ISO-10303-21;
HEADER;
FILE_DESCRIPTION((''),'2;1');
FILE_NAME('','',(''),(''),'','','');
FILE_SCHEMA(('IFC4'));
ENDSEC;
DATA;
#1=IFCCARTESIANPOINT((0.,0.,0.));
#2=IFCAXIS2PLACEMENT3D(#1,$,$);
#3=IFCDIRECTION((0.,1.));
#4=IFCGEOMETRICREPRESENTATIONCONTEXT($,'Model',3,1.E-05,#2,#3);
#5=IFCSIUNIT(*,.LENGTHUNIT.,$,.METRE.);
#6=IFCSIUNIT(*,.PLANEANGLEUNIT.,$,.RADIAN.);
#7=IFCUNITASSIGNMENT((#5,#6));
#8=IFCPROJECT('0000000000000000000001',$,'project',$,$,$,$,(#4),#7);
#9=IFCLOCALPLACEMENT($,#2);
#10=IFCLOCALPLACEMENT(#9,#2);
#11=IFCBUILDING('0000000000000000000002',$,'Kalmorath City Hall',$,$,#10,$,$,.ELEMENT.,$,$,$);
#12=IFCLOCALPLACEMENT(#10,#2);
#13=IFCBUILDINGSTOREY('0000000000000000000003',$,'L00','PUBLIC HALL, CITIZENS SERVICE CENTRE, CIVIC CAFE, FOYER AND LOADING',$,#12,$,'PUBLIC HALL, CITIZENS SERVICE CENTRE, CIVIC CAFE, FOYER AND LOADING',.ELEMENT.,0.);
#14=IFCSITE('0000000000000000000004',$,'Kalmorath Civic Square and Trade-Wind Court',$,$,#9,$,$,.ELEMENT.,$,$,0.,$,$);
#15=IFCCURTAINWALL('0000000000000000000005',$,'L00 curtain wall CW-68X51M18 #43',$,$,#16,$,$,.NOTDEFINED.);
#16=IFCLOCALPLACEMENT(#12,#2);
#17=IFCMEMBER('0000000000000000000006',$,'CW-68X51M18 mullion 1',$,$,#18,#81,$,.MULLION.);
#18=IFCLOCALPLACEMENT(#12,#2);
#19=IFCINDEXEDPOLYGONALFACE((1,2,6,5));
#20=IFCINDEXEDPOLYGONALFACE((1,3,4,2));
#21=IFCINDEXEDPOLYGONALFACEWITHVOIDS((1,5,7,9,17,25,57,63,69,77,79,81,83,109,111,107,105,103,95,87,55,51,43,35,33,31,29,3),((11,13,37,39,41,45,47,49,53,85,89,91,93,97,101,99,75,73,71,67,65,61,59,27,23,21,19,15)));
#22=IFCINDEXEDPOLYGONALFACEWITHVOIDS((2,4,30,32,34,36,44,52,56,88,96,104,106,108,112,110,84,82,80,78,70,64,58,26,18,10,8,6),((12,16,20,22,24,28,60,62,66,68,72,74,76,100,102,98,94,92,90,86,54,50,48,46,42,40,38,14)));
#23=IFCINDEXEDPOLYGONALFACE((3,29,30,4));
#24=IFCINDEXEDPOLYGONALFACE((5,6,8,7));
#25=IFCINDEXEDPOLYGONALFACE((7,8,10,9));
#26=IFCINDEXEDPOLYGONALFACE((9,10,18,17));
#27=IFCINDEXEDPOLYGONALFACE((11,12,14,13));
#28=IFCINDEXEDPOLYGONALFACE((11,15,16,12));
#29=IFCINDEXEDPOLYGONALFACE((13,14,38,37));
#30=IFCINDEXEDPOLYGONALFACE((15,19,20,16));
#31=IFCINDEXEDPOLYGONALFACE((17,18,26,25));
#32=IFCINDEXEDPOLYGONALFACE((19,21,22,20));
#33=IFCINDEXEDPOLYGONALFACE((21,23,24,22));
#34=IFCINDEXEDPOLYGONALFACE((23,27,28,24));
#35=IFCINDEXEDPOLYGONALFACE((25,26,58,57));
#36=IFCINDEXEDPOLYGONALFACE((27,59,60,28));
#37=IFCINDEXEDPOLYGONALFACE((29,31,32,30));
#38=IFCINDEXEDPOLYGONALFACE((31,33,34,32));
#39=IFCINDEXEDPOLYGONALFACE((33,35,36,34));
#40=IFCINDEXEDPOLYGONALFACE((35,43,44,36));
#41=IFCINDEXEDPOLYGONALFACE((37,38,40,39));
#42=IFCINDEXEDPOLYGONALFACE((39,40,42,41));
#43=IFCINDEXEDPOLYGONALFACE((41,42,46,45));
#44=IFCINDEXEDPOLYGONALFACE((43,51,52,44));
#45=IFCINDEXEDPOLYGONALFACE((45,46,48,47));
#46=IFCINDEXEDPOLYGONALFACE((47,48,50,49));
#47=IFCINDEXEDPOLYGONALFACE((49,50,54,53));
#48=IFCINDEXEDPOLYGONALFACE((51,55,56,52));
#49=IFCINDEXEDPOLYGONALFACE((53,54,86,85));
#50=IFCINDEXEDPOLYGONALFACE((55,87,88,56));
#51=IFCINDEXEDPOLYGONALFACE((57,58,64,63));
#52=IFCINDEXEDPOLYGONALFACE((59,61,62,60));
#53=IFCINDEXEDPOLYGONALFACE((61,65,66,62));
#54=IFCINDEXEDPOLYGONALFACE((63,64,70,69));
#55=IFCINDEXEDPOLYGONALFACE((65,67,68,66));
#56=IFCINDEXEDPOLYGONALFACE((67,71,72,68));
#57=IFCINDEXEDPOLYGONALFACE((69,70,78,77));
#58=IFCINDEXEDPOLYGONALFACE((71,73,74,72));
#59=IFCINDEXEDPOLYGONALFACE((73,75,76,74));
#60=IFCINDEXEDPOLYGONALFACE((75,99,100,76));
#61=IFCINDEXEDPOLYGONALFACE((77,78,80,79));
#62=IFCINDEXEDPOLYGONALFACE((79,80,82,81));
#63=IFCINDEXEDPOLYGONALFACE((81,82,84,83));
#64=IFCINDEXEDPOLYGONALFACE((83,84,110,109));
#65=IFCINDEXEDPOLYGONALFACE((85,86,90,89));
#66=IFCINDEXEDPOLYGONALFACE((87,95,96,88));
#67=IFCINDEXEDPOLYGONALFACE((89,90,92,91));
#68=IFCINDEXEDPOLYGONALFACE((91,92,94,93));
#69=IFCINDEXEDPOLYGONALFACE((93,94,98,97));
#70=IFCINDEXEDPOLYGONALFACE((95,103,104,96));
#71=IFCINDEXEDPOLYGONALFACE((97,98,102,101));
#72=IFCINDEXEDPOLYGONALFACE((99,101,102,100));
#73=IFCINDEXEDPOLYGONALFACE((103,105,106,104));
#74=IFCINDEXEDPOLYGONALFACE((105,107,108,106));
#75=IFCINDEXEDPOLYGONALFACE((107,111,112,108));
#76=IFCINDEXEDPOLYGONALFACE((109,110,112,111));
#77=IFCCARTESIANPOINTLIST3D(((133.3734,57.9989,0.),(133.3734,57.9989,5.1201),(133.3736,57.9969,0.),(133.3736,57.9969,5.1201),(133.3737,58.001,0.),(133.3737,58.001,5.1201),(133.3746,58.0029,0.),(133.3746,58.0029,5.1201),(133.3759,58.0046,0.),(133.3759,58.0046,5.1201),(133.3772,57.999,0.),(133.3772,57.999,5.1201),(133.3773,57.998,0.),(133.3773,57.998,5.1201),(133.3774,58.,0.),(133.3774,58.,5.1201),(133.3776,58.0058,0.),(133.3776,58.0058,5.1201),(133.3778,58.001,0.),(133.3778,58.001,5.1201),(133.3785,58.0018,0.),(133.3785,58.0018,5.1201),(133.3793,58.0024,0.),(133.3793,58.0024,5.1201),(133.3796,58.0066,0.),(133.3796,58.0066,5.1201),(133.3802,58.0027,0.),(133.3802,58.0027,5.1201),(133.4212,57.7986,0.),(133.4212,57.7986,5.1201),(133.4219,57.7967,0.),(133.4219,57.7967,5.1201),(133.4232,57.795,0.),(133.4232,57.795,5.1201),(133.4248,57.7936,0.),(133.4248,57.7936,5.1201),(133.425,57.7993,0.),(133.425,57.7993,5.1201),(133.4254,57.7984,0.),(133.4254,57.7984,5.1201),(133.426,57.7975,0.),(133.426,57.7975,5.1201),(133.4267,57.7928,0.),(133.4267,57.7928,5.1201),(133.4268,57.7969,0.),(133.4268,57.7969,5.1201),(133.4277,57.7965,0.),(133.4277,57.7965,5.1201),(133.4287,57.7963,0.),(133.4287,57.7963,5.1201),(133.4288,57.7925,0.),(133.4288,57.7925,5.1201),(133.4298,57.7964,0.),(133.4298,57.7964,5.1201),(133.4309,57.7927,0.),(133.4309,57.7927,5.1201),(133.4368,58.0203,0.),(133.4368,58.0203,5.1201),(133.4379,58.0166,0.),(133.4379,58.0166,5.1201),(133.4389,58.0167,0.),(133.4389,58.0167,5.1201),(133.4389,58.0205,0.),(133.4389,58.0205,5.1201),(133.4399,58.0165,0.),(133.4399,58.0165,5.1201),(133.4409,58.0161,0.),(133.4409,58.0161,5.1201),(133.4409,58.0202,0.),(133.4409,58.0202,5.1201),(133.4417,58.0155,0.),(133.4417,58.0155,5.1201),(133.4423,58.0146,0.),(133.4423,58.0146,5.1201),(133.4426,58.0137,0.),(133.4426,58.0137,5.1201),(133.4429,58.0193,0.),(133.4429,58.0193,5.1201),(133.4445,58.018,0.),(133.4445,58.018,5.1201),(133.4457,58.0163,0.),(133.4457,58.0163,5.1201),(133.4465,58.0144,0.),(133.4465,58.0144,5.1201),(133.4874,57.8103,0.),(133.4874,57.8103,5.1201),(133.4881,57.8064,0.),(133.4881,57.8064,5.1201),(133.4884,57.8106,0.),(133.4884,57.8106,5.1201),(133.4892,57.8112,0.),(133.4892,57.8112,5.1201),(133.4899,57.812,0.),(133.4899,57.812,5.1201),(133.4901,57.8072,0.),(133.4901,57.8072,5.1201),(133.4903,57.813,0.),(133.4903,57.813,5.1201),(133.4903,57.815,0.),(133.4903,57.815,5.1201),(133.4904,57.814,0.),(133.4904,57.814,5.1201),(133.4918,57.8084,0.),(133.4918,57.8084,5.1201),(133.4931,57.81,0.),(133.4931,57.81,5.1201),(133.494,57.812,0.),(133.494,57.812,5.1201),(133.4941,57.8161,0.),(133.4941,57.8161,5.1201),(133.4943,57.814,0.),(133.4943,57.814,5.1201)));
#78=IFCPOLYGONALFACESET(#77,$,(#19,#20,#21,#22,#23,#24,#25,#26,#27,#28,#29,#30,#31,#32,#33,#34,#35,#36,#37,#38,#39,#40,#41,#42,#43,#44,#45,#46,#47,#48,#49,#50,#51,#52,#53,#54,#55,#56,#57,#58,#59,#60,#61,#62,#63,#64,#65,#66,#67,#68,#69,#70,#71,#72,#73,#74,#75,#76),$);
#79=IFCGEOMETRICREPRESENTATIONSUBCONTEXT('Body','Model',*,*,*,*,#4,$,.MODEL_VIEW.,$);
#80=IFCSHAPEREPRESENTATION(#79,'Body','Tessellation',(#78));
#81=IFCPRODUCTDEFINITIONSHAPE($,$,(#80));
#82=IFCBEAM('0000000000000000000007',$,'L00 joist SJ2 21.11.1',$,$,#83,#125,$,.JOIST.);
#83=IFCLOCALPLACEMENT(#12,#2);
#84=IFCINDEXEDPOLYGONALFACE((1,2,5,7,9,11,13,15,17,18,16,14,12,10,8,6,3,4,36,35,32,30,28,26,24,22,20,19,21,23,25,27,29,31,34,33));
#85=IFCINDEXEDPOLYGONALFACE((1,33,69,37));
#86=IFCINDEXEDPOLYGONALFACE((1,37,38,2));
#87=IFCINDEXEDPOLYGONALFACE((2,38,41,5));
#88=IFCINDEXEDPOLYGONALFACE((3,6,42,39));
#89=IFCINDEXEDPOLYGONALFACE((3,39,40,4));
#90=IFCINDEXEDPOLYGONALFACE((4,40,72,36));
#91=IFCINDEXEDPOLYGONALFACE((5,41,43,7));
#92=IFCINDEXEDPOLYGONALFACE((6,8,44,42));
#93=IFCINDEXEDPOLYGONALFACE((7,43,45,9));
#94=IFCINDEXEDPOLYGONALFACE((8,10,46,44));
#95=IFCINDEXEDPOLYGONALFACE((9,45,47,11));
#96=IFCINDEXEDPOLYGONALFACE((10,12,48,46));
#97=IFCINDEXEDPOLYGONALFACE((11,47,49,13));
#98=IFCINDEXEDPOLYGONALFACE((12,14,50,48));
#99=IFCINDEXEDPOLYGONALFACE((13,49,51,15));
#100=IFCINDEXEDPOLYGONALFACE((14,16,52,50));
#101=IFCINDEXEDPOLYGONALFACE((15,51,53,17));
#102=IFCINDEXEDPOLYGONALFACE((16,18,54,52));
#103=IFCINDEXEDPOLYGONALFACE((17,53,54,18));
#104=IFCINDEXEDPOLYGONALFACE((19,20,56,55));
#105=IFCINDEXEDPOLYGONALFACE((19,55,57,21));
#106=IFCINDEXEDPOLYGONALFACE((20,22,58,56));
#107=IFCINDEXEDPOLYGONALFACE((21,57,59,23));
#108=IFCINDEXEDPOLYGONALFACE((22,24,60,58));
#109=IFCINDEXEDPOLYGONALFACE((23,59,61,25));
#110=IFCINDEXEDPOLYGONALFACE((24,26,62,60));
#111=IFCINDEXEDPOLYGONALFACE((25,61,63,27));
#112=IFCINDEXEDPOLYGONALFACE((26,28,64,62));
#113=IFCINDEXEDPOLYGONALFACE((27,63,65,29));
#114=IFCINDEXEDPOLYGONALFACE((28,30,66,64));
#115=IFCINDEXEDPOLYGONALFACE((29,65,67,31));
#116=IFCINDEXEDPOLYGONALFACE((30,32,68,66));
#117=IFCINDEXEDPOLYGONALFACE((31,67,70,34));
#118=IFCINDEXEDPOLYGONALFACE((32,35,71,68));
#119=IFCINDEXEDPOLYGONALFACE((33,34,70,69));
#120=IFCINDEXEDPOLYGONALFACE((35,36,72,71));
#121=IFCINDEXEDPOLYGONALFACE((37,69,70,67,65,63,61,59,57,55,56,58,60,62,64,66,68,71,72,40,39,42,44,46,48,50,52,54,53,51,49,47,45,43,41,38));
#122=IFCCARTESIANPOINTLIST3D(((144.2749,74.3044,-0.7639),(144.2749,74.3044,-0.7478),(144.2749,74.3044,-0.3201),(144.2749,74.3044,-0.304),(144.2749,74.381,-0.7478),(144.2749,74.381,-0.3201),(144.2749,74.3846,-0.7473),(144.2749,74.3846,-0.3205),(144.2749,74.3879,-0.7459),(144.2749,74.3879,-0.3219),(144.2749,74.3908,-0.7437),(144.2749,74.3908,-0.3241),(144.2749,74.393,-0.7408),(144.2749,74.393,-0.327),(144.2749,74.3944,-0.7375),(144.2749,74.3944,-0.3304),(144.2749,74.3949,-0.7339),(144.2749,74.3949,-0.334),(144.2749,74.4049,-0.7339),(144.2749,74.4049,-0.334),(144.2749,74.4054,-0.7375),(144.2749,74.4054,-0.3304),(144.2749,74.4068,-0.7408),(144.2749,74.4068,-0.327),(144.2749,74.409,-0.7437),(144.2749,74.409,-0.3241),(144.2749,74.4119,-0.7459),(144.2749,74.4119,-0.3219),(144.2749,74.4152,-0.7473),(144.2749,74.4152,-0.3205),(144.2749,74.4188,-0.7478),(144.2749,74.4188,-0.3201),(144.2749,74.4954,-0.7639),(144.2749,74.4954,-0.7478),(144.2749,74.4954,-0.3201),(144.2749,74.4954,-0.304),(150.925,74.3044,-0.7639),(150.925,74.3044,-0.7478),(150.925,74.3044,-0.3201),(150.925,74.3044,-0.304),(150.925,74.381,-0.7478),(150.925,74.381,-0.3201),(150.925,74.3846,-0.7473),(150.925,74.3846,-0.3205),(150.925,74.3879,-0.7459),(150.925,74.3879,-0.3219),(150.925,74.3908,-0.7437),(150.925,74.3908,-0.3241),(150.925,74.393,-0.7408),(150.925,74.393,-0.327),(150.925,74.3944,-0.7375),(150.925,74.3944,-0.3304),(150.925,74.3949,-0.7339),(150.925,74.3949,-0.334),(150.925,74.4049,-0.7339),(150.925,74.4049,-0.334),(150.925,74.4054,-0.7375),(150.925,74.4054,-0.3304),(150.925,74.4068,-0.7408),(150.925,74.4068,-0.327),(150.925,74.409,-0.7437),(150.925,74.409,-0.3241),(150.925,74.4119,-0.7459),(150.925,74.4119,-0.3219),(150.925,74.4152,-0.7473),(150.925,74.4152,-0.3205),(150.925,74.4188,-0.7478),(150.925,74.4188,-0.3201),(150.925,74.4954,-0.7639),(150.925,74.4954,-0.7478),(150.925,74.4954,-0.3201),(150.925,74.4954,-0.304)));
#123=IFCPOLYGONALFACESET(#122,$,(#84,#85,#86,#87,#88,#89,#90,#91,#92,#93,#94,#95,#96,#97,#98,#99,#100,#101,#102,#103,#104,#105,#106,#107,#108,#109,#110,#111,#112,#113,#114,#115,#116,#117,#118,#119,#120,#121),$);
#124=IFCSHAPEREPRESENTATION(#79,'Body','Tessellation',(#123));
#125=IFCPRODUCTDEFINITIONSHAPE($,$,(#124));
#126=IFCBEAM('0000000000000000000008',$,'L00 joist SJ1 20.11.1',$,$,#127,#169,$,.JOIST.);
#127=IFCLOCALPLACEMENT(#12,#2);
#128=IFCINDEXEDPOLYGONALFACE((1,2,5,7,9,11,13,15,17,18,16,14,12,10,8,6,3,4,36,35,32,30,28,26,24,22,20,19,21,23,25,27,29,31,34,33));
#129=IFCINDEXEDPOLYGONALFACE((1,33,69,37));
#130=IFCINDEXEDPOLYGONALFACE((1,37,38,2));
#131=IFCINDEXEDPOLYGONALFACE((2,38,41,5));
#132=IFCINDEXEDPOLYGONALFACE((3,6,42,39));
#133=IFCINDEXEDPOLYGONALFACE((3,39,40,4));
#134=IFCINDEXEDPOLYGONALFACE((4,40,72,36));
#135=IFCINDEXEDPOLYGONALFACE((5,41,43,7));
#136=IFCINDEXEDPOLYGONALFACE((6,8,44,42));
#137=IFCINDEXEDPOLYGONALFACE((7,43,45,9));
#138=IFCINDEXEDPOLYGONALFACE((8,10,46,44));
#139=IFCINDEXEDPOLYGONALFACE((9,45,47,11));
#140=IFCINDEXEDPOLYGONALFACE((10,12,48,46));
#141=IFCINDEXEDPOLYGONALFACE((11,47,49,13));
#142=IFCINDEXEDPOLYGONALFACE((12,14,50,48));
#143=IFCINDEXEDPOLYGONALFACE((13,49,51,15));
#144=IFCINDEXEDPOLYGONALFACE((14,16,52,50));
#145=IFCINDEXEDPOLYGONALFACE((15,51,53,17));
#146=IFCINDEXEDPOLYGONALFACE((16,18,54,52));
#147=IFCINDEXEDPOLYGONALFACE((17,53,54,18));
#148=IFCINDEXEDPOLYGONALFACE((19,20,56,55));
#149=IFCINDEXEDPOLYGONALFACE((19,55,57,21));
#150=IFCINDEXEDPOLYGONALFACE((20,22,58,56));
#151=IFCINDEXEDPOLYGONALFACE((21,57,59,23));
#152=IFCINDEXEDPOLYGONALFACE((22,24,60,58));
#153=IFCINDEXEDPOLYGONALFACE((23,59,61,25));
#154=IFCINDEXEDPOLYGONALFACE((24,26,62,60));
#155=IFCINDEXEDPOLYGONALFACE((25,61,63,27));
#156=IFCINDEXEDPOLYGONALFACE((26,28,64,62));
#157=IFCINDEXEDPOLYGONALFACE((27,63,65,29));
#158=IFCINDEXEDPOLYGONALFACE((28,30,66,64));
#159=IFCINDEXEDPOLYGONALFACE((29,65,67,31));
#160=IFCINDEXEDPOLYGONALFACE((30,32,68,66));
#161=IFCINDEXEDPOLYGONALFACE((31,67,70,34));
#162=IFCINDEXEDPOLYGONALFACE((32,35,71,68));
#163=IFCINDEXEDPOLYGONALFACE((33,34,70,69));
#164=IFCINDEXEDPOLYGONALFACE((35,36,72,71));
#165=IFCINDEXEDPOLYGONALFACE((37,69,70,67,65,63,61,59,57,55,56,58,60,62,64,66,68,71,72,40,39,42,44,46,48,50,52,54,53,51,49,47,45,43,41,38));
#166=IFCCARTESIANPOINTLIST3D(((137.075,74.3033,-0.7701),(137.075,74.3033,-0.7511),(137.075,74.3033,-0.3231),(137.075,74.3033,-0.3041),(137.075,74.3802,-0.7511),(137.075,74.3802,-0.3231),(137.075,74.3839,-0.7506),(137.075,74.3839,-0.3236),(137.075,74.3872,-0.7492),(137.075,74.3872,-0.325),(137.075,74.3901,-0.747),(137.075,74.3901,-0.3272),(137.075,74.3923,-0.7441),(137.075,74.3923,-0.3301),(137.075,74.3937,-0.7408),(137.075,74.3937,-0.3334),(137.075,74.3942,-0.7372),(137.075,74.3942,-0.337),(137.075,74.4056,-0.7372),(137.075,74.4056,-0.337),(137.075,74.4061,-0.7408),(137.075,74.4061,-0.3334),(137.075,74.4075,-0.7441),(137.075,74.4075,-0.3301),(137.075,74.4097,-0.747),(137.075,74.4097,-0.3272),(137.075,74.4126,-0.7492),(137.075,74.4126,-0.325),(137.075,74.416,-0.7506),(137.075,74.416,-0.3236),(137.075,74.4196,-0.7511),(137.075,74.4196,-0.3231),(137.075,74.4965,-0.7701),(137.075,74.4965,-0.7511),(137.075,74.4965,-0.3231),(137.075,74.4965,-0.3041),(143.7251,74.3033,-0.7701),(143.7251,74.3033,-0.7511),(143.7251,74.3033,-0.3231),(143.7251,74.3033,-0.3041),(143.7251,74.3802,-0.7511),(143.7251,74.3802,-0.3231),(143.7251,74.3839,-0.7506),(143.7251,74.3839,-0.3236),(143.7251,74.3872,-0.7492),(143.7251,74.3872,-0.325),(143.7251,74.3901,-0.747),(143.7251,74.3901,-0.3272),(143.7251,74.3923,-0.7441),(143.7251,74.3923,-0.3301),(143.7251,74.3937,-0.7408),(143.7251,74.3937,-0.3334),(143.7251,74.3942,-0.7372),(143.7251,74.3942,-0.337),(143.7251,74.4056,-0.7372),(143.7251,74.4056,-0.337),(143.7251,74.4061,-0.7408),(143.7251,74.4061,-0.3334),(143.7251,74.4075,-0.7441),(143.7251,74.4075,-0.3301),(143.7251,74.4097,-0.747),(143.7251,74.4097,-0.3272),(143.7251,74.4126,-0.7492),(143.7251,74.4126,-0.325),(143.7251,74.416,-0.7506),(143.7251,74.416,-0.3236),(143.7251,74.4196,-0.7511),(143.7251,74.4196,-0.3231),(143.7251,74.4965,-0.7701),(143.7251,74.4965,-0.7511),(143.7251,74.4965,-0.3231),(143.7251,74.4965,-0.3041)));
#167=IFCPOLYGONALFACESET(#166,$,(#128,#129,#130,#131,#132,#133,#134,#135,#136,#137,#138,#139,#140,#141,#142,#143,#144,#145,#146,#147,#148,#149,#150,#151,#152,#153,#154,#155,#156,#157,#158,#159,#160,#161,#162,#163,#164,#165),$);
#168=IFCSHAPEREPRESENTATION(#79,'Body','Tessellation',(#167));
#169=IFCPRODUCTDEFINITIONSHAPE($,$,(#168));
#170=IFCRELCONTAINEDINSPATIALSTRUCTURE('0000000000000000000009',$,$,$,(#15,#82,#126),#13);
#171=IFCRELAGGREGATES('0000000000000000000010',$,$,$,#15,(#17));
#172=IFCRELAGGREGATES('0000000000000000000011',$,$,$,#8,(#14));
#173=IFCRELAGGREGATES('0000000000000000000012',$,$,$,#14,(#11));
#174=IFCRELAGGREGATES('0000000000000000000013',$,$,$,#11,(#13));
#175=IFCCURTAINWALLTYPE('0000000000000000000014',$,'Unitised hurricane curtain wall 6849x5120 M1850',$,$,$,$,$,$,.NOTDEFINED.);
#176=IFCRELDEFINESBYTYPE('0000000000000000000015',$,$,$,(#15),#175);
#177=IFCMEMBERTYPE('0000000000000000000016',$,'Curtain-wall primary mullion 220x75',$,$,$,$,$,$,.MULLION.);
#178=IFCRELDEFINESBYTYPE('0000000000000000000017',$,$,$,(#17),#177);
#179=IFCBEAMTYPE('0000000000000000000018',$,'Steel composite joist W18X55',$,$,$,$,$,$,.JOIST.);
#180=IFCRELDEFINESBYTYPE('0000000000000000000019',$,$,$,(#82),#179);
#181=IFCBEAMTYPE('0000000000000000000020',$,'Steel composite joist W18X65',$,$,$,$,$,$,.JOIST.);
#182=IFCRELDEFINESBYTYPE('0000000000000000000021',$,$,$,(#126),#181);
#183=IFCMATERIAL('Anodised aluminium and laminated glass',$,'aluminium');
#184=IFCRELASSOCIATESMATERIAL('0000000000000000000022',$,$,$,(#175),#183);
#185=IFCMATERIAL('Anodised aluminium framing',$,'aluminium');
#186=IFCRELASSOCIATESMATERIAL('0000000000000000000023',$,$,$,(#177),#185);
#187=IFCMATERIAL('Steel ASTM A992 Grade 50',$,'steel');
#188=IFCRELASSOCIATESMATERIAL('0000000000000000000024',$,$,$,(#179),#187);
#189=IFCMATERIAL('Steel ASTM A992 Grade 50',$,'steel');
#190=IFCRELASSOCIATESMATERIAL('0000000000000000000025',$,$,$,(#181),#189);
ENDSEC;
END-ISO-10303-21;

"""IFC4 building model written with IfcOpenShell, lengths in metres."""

from ifc_helpers import new_model, si_unit, direction, frame, origin, origin_2d, place, context, subcontext, project, spatial, hollow_rectangle, i_section, extrude, material, material_profile, profile_set, type_object, element, aggregate, save


model = new_model("IFC4")

# Units and contexts
model_context = context("Model", 3, precision=1e-05, world=origin(), true_north=direction((0.0, 1.0)))
body_context = subcontext(model_context, "Body", "Model", "MODEL_VIEW")
ifc_project = project(units=[si_unit("LENGTHUNIT", "METRE"), si_unit("PLANEANGLEUNIT", "RADIAN")], contexts=[model_context])

# Site, building, storey
site_placement = place(None, origin())
site = spatial("IfcSite", under=ifc_project, at=site_placement, Name="Kalmorath Civic Square and Trade-Wind Court", CompositionType="ELEMENT", RefElevation=0.0)
building_placement = place(site_placement, origin())
building = spatial("IfcBuilding", under=site, at=building_placement, Name="Kalmorath City Hall", CompositionType="ELEMENT")
storey_placement = place(building_placement, origin())
storey = spatial("IfcBuildingStorey", under=building, at=storey_placement, Name="L00", Description="PUBLIC HALL, CITIZENS SERVICE CENTRE, CIVIC CAFE, FOYER AND LOADING", LongName="PUBLIC HALL, CITIZENS SERVICE CENTRE, CIVIC CAFE, FOYER AND LOADING", CompositionType="ELEMENT", Elevation=0.0)

# Curtain wall, member
ifc_material_1 = material(Name="Anodised aluminium and laminated glass", Category="aluminium")
curtain_wall_type = type_object("IfcCurtainWallType", Name="Unitised hurricane curtain wall 6849x5120 M1850", PredefinedType="NOTDEFINED", material=ifc_material_1)
curtain_wall_placement = place(storey_placement, origin())
curtain_wall = element("IfcCurtainWall", 1, at=curtain_wall_placement, inside=storey, type_object=curtain_wall_type, Name="L00 curtain wall CW-68X51M18 #43", PredefinedType="NOTDEFINED")
ifc_material_2 = material(Name="Anodised aluminium framing", Category="aluminium")
ifc_material_profile_1 = material_profile(ifc_material_2, hollow_rectangle(XDim=0.075, YDim=0.22, WallThickness=0.0039, InnerFilletRadius=0.0039, OuterFilletRadius=0.0081, at=origin_2d()), Name="ALU-MUL-220X75X4")
ifc_profile_set_1 = profile_set([ifc_material_profile_1], Name="Anodised aluminium framing")
member_type_1 = type_object("IfcMemberType", Name="Curtain-wall primary mullion 220x75", PredefinedType="MULLION", material=ifc_profile_set_1)
member_1_placement = place(storey_placement, frame((133.4338, 57.9065, 0.0), z_axis=(0.0, 0.0, 1.0), x_axis=(-0.972367, -0.233456, 0.0)))
member_1 = element("IfcMember", 2, at=member_1_placement, type_object=member_type_1, Name="CW-68X51M18 mullion 1", PredefinedType="MULLION", context=body_context, shape_type="SweptSolid", body=[
    extrude(hollow_rectangle(XDim=0.075, YDim=0.22, WallThickness=0.0039, InnerFilletRadius=0.0039, OuterFilletRadius=0.0081, at=origin_2d()), origin(), (0.0, 0.0, 1.0), 5.1201),
])
aggregate(curtain_wall, [member_1])

# Beams
ifc_material_3 = material(Name="Steel ASTM A992 Grade 50", Category="steel")
ifc_material_profile_2 = material_profile(ifc_material_3, i_section(OverallWidth=0.1909, OverallDepth=0.46, WebThickness=0.01, FlangeThickness=0.0161, FilletRadius=0.0139, at=origin_2d()), Name="W18X55")
ifc_profile_set_2 = profile_set([ifc_material_profile_2], Name="Steel ASTM A992 Grade 50")
beam_type_1 = type_object("IfcBeamType", Name="Steel composite joist W18X55", PredefinedType="JOIST", material=ifc_profile_set_2)
beam_placement = place(storey_placement, frame((144.2749, 74.3999, -0.5339), z_axis=(1.0, 0.0, 0.0), x_axis=(0.0, 1.0, 0.0)))
element("IfcBeam", 3, at=beam_placement, inside=storey, type_object=beam_type_1, Name="L00 joist SJ2 21.11.1", PredefinedType="JOIST", context=body_context, shape_type="SweptSolid", body=[
    extrude(i_section(OverallWidth=0.1909, OverallDepth=0.46, WebThickness=0.01, FlangeThickness=0.0161, FilletRadius=0.0139, at=origin_2d()), origin(), (0.0, 0.0, 1.0), 6.6501),
])
ifc_material_4 = material(Name="Steel ASTM A992 Grade 50", Category="steel")
ifc_material_profile_3 = material_profile(ifc_material_4, i_section(OverallWidth=0.1931, OverallDepth=0.4661, WebThickness=0.0115, FlangeThickness=0.019, FilletRadius=0.0139, at=origin_2d()), Name="W18X65")
ifc_profile_set_3 = profile_set([ifc_material_profile_3], Name="Steel ASTM A992 Grade 50")
beam_type_2 = type_object("IfcBeamType", Name="Steel composite joist W18X65", PredefinedType="JOIST", material=ifc_profile_set_3)
for number, where, z_axis, x_axis, name in (
    (4, (137.075, 74.3999, -0.5371), (1.0, 0.0, 0.0), (0.0, 1.0, 0.0), "L00 joist SJ1 20.11.1"),
):
    element("IfcBeam", number, at=place(storey_placement, frame(where, z_axis=z_axis, x_axis=x_axis)), inside=storey, type_object=beam_type_2, Name=name, PredefinedType="JOIST", context=body_context, shape_type="SweptSolid", body=[
        extrude(i_section(OverallWidth=0.1931, OverallDepth=0.4661, WebThickness=0.0115, FlangeThickness=0.019, FilletRadius=0.0139, at=origin_2d()), origin(), (0.0, 0.0, 1.0), 6.6501),
    ])

save(model, "model.ifc")
